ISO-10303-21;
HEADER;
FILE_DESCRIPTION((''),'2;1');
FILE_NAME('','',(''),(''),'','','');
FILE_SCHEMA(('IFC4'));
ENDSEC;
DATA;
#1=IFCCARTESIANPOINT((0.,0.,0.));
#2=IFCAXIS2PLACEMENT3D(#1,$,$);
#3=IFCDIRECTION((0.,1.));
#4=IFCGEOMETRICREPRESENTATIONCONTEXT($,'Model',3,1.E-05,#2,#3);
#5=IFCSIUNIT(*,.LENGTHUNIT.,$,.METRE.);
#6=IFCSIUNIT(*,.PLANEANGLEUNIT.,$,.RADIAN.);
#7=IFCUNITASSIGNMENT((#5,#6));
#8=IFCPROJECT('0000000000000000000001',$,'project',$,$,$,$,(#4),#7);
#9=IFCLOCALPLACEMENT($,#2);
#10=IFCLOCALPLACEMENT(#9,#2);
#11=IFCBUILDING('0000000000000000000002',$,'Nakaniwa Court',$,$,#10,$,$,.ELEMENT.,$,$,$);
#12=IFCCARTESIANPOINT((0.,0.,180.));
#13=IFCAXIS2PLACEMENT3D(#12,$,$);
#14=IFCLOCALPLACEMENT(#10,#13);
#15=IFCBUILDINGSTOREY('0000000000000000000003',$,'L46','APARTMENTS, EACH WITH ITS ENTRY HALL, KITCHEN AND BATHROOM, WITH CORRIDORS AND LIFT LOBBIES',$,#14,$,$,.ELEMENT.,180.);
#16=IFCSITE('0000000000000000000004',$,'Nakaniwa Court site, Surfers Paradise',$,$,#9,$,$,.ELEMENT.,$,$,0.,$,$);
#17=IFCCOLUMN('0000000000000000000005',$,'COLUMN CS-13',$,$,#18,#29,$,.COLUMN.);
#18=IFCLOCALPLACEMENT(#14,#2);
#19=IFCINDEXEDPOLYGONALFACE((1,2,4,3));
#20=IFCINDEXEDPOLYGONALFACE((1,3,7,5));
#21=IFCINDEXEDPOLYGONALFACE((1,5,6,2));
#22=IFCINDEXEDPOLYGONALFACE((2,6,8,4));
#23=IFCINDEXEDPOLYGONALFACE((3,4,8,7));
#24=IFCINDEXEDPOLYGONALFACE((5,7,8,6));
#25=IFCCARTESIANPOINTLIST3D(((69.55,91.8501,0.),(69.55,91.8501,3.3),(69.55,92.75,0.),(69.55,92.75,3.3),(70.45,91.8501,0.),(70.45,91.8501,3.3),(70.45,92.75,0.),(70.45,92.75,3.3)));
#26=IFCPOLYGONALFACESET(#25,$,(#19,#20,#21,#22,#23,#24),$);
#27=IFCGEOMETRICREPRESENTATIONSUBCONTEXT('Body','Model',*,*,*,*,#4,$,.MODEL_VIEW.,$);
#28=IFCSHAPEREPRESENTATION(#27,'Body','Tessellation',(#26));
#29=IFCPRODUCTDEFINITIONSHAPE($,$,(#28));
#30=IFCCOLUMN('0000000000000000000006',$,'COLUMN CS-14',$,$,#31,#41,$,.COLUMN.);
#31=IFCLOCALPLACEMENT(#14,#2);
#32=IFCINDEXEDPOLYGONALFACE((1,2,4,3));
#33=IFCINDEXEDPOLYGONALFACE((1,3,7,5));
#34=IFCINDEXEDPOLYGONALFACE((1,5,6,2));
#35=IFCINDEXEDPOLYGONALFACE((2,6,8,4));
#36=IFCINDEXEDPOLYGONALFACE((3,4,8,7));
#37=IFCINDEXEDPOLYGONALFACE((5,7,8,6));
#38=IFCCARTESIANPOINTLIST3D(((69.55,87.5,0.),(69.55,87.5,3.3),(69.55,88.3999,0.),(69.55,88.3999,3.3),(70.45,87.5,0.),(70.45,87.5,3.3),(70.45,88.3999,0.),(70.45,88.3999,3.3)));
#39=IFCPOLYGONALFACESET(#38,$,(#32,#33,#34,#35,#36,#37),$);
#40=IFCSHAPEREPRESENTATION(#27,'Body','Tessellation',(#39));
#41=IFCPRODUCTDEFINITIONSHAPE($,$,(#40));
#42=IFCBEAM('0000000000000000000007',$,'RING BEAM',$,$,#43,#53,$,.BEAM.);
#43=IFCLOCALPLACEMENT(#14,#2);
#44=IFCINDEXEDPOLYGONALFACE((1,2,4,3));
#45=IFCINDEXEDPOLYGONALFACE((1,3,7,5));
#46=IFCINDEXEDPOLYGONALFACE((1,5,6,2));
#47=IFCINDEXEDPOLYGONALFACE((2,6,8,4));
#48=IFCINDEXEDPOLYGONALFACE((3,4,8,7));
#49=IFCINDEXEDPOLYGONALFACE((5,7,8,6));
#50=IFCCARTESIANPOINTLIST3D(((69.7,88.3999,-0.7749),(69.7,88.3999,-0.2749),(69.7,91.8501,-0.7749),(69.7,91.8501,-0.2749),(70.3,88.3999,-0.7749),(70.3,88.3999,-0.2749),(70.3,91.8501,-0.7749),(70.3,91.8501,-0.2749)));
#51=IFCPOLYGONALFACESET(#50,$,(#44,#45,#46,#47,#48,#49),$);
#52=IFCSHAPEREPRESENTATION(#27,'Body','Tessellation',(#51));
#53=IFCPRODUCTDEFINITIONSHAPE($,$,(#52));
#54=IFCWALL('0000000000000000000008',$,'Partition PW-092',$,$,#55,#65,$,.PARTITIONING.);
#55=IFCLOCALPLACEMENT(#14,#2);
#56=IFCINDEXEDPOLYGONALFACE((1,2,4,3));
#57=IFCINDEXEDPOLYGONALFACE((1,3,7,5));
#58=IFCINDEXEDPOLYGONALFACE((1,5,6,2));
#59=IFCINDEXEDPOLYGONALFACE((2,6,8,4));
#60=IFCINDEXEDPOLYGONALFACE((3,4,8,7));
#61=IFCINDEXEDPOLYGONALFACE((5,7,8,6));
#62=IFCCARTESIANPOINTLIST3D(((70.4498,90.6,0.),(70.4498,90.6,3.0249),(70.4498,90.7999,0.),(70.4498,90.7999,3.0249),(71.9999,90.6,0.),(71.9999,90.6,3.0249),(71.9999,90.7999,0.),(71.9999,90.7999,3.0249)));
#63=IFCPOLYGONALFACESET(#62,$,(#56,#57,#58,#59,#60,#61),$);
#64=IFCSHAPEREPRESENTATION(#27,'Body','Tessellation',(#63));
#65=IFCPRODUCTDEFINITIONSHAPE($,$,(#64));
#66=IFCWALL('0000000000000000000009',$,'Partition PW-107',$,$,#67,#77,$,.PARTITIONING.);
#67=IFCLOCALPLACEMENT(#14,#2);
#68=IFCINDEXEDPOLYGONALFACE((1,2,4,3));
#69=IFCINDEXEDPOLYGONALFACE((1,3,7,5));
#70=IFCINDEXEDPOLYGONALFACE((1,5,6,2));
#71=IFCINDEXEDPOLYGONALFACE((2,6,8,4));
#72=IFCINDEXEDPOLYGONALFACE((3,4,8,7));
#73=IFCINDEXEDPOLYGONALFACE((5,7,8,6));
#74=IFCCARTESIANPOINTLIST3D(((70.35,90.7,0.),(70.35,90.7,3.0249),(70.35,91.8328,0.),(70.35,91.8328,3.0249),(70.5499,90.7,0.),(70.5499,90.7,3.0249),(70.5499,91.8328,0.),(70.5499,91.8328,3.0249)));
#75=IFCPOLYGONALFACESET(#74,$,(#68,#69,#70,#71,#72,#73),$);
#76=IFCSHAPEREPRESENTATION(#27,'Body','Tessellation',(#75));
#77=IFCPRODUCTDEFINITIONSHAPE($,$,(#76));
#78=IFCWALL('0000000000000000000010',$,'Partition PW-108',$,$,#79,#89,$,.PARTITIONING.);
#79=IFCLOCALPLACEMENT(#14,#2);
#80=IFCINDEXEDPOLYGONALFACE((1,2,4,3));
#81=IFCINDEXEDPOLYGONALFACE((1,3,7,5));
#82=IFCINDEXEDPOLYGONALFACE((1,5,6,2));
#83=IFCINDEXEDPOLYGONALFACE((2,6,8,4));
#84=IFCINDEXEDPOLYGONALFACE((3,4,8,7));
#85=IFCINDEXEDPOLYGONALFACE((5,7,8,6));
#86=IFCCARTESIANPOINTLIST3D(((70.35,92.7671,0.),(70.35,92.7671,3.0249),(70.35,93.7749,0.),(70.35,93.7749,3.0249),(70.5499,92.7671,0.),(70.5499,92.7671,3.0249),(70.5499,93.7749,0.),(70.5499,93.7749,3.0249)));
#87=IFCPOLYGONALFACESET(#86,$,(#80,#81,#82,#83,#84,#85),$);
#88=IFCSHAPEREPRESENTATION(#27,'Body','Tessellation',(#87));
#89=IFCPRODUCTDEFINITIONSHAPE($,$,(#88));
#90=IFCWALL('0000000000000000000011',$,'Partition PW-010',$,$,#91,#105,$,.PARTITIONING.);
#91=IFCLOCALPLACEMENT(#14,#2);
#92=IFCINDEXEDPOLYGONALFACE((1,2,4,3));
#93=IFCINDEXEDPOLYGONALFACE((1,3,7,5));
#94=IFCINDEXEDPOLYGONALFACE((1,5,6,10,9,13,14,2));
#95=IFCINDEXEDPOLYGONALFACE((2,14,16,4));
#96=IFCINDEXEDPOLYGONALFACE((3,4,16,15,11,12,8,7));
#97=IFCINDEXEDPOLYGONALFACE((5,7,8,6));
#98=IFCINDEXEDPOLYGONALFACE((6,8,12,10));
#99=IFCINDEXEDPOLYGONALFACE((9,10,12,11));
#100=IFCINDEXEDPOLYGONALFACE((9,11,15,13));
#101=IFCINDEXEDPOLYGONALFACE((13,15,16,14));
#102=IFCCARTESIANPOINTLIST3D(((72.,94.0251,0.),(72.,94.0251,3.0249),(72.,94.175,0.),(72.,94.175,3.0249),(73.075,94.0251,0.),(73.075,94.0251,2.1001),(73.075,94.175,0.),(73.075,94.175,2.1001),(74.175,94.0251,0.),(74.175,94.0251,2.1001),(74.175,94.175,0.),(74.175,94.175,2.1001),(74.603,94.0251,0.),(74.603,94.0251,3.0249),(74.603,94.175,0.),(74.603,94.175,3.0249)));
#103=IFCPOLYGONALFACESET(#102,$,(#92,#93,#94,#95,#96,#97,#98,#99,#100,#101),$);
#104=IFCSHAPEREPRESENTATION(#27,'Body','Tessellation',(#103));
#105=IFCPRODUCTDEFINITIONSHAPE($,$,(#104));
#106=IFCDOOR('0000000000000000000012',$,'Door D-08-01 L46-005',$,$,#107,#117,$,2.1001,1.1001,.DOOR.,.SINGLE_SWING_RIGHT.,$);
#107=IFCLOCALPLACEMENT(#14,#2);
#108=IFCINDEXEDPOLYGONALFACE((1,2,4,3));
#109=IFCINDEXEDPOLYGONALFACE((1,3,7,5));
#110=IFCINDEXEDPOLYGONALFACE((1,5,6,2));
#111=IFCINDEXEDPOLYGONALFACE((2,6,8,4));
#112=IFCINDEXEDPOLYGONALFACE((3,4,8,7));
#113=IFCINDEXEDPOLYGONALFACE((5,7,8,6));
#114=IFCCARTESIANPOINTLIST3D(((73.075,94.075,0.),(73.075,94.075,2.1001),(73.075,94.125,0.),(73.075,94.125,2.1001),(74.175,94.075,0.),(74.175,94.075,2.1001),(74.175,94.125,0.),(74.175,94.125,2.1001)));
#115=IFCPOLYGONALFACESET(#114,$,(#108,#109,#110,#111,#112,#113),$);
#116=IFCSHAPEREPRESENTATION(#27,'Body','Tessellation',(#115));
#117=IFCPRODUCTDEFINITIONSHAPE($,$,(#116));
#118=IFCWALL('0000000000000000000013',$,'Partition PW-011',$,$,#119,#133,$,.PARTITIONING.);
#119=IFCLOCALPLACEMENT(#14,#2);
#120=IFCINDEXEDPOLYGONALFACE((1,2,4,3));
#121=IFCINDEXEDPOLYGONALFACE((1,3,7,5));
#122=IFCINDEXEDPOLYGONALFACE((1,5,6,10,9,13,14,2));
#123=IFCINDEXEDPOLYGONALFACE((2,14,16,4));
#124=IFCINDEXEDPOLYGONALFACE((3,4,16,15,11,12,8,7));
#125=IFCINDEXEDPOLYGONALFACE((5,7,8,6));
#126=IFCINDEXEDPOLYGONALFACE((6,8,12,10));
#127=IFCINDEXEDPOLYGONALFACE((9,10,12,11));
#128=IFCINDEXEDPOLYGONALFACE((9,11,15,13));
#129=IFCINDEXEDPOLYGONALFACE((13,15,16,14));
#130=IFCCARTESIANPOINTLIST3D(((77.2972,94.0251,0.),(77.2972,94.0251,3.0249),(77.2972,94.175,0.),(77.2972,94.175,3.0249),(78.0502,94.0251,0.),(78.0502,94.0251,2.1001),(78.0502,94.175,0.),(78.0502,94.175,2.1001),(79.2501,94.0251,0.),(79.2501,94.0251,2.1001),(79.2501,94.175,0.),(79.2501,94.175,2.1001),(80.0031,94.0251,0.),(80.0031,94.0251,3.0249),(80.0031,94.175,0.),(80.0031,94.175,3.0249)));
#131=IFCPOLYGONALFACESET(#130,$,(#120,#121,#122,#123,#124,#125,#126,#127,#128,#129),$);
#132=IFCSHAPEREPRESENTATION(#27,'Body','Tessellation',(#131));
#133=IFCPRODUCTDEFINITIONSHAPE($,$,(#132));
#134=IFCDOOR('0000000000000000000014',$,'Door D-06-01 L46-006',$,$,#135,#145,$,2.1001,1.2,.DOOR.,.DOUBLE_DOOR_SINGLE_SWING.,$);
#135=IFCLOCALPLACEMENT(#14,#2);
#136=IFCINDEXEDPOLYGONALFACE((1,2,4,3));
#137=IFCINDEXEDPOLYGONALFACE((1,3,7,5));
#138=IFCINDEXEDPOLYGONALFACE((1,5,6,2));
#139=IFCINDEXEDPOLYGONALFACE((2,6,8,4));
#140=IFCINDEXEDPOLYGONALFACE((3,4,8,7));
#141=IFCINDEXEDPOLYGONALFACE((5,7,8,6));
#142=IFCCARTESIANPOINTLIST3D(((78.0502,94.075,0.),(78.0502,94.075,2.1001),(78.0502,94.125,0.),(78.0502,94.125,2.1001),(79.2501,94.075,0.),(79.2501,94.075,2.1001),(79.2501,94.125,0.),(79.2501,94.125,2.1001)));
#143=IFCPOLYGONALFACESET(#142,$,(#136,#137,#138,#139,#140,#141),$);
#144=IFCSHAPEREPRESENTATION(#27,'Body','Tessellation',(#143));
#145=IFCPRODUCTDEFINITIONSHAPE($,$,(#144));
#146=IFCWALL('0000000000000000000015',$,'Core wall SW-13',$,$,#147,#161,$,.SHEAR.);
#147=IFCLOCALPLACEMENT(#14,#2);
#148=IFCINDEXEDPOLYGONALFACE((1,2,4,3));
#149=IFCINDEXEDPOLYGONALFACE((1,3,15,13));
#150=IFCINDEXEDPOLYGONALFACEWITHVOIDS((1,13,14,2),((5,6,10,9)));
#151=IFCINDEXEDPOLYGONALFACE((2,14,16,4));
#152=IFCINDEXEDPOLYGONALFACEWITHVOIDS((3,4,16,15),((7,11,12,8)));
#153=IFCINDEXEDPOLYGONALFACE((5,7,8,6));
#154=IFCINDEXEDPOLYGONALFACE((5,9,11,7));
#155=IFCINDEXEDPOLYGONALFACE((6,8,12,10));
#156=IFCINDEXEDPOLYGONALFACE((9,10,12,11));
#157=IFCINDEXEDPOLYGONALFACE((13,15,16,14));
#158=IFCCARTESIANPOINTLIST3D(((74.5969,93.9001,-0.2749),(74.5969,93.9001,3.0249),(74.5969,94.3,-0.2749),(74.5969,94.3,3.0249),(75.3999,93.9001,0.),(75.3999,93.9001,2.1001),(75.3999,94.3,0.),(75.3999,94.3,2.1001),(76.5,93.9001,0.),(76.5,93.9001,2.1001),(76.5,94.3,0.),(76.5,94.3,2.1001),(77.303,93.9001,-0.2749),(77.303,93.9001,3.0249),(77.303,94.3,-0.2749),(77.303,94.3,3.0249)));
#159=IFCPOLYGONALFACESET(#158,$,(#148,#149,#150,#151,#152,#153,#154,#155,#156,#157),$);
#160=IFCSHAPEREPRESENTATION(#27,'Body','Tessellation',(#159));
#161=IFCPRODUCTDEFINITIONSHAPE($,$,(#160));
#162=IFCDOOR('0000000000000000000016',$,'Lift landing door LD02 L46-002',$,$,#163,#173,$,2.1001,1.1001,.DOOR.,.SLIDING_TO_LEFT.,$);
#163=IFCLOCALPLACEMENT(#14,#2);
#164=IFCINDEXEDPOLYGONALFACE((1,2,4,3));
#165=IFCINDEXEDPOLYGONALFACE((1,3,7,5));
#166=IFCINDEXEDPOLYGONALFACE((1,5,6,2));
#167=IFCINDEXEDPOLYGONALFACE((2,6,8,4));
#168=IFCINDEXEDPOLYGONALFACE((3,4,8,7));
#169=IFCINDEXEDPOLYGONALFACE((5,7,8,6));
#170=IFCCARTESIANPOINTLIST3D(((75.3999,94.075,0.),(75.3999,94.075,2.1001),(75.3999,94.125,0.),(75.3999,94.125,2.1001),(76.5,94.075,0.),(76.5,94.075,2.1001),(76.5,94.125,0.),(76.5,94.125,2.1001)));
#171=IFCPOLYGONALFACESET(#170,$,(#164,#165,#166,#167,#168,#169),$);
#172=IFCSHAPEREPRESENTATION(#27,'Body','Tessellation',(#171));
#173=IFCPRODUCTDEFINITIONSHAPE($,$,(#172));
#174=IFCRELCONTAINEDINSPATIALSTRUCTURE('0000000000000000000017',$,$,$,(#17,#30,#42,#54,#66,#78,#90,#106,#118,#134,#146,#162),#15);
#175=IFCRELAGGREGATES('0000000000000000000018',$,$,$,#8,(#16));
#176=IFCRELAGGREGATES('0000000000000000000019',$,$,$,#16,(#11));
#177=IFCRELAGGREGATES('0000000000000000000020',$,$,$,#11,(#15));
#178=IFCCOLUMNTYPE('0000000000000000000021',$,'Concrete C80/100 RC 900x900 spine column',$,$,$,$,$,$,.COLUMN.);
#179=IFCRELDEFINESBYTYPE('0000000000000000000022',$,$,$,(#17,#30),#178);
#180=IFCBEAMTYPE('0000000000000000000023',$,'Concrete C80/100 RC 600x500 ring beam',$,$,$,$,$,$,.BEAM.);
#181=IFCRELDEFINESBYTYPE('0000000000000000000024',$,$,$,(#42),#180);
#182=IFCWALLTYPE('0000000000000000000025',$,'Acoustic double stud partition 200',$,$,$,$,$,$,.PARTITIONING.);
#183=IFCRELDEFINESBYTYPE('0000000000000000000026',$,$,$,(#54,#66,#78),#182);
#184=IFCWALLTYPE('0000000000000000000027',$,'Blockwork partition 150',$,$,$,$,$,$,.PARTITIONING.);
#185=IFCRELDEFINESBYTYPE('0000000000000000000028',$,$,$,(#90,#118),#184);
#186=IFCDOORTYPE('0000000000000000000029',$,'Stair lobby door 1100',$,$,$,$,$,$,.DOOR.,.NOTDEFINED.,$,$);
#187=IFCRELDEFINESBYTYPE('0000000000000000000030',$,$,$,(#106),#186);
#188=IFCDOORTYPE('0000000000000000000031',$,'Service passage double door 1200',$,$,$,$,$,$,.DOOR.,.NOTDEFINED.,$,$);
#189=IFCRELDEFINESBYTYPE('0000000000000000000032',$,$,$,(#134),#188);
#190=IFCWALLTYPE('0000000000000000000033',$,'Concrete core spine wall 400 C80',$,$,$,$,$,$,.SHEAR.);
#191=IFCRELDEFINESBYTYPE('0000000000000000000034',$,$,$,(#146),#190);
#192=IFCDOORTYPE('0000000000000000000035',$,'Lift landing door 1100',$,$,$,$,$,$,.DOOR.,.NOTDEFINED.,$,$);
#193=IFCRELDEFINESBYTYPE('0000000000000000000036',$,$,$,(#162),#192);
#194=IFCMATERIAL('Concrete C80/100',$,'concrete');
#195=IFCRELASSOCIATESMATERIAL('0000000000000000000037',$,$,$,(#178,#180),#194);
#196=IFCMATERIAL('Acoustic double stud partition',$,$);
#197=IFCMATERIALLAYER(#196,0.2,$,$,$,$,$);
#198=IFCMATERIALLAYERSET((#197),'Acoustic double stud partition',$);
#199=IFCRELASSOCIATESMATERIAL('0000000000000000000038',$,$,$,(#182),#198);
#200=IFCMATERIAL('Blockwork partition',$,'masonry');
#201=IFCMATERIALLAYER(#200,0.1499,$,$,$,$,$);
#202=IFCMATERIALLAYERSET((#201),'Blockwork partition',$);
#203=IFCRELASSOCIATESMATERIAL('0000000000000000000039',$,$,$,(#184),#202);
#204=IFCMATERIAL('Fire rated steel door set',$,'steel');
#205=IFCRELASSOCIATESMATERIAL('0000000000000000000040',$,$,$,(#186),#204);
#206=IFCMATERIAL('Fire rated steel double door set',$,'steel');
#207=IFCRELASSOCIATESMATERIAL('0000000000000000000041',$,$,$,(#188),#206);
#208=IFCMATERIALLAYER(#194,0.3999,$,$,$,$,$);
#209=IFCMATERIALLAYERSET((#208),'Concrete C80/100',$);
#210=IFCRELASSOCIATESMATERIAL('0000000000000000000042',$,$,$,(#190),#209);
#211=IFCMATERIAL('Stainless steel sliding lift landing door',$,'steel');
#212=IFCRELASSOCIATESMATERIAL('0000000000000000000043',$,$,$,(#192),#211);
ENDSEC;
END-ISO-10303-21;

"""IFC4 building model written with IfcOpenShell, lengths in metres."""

from ifc_helpers import new_model, si_unit, direction, frame, frame_2d, origin, origin_2d, place, context, subcontext, project, spatial, rectangle, extrude, material, layer, layer_set, material_profile, profile_set, type_object, element, fill, save


model = new_model("IFC4")

# Units and contexts
model_context = context("Model", 3, precision=1e-05, world=origin(), true_north=direction((0.0, 1.0)))
body_context = subcontext(model_context, "Body", "Model", "MODEL_VIEW")
ifc_project = project(units=[si_unit("LENGTHUNIT", "METRE"), si_unit("PLANEANGLEUNIT", "RADIAN")], contexts=[model_context])

# Site, building, storey
site_placement = place(None, origin())
site = spatial("IfcSite", under=ifc_project, at=site_placement, Name="Nakaniwa Court site, Surfers Paradise", CompositionType="ELEMENT", RefElevation=0.0)
building_placement = place(site_placement, origin())
building = spatial("IfcBuilding", under=site, at=building_placement, Name="Nakaniwa Court", CompositionType="ELEMENT")
storey_placement = place(building_placement, frame((0.0, 0.0, 180.0)))
storey = spatial("IfcBuildingStorey", under=building, at=storey_placement, Name="L46", Description="APARTMENTS, EACH WITH ITS ENTRY HALL, KITCHEN AND BATHROOM, WITH CORRIDORS AND LIFT LOBBIES", CompositionType="ELEMENT", Elevation=180.0)

# Columns
ifc_material_1 = material(Name="Concrete C80/100", Category="concrete")
ifc_material_profile_1 = material_profile(ifc_material_1, rectangle(XDim=0.8999, YDim=0.8999, at=origin_2d()), Name="Concrete C80/100 RC 900x900 spine column")
ifc_profile_set_1 = profile_set([ifc_material_profile_1], Name="Concrete C80/100")
column_type = type_object("IfcColumnType", Name="Concrete C80/100 RC 900x900 spine column", PredefinedType="COLUMN", material=ifc_profile_set_1)
for number, where, z_axis, x_axis, name in (
    (1, (70.0, 92.3, 0.0), (0.0, 0.0, 1.0), (0.0, -1.0, 0.0), "COLUMN CS-13"),
    (2, (70.0, 87.95, 0.0), (0.0, 0.0, 1.0), (0.0, -1.0, 0.0), "COLUMN CS-14"),
):
    element("IfcColumn", number, at=place(storey_placement, frame(where, z_axis=z_axis, x_axis=x_axis)), inside=storey, type_object=column_type, Name=name, PredefinedType="COLUMN", context=body_context, shape_type="SweptSolid", body=[
        extrude(rectangle(XDim=0.8999, YDim=0.8999, at=origin_2d()), origin(), (0.0, 0.0, 1.0), 3.3),
    ])

# Beam
ifc_material_profile_2 = material_profile(ifc_material_1, rectangle(XDim=0.6001, YDim=0.5, at=origin_2d()), Name="Concrete C80/100 RC 600x500 ring beam")
ifc_profile_set_2 = profile_set([ifc_material_profile_2], Name="Concrete C80/100")
beam_type = type_object("IfcBeamType", Name="Concrete C80/100 RC 600x500 ring beam", PredefinedType="BEAM", material=ifc_profile_set_2)
beam_placement = place(storey_placement, frame((70.0, 91.8501, -0.5249), z_axis=(0.0, -1.0, 0.0), x_axis=(1.0, 0.0, 0.0)))
element("IfcBeam", 3, at=beam_placement, inside=storey, type_object=beam_type, Name="RING BEAM", PredefinedType="BEAM", context=body_context, shape_type="SweptSolid", body=[
    extrude(rectangle(XDim=0.6001, YDim=0.5, at=origin_2d()), origin(), (0.0, 0.0, 1.0), 3.4502),
])

# Walls
ifc_material_2 = material(Name="Acoustic double stud partition")
ifc_layer_1 = layer(ifc_material_2, 0.2)
ifc_layer_set_1 = layer_set([ifc_layer_1], Name="Acoustic double stud partition")
wall_type_1 = type_object("IfcWallType", Name="Acoustic double stud partition 200", PredefinedType="PARTITIONING", material=ifc_layer_set_1)
wall_1_placement = place(storey_placement, frame((70.45, 90.7, 0.0), z_axis=(0.0, 0.0, 1.0), x_axis=(1.0, 0.0, 0.0)))
element("IfcWall", 4, at=wall_1_placement, inside=storey, type_object=wall_type_1, Name="Partition PW-092", PredefinedType="PARTITIONING", context=body_context, shape_type="SweptSolid", body=[
    extrude(rectangle(XDim=1.55, YDim=0.2, at=frame_2d((0.7749, 0.0))), origin(), (0.0, 0.0, 1.0), 3.0249),
])
wall_2_placement = place(storey_placement, frame((70.45, 90.7, 0.0), z_axis=(0.0, 0.0, 1.0), x_axis=(0.0, 1.0, 0.0)))
element("IfcWall", 5, at=wall_2_placement, inside=storey, type_object=wall_type_1, Name="Partition PW-107", PredefinedType="PARTITIONING", context=body_context, shape_type="SweptSolid", body=[
    extrude(rectangle(XDim=1.1328, YDim=0.2, at=frame_2d((0.5664, 0.0))), origin(), (0.0, 0.0, 1.0), 3.0249),
])
wall_3_placement = place(storey_placement, frame((70.45, 92.7671, 0.0), z_axis=(0.0, 0.0, 1.0), x_axis=(0.0, 1.0, 0.0)))
element("IfcWall", 6, at=wall_3_placement, inside=storey, type_object=wall_type_1, Name="Partition PW-108", PredefinedType="PARTITIONING", context=body_context, shape_type="SweptSolid", body=[
    extrude(rectangle(XDim=1.0078, YDim=0.2, at=frame_2d((0.5039, 0.0))), origin(), (0.0, 0.0, 1.0), 3.0249),
])

# Walls, openings, doors
ifc_material_3 = material(Name="Blockwork partition", Category="masonry")
ifc_layer_2 = layer(ifc_material_3, 0.1499)
ifc_layer_set_2 = layer_set([ifc_layer_2], Name="Blockwork partition")
wall_type_2 = type_object("IfcWallType", Name="Blockwork partition 150", PredefinedType="PARTITIONING", material=ifc_layer_set_2)
wall_4_placement = place(storey_placement, frame((72.0, 94.1001, 0.0), z_axis=(0.0, 0.0, 1.0), x_axis=(1.0, 0.0, 0.0)))
wall_4 = element("IfcWall", 7, at=wall_4_placement, inside=storey, type_object=wall_type_2, Name="Partition PW-010", PredefinedType="PARTITIONING", context=body_context, shape_type="SweptSolid", body=[
    extrude(rectangle(XDim=2.603, YDim=0.1499, at=frame_2d((1.3015, 0.0))), origin(), (0.0, 0.0, 1.0), 3.0249),
])
opening_1_placement = place(wall_4_placement, frame((1.075, 0.0, 0.0)))
opening_1 = element("IfcOpeningElement", 8, at=opening_1_placement, cuts=wall_4, PredefinedType="OPENING", context=body_context, shape_type="SweptSolid", body=[
    extrude(rectangle(XDim=1.1001, YDim=2.1001, at=frame_2d((0.55, 1.05))), frame((0.0, 0.085, 0.0), z_axis=(0.0, -1.0, 0.0), x_axis=(1.0, 0.0, 0.0)), (0.0, 0.0, 1.0), 0.1699),
])
ifc_material_4 = material(Name="Fire rated steel door set", Category="steel")
door_type_1 = type_object("IfcDoorType", Name="Stair lobby door 1100", OperationType="NOTDEFINED", PredefinedType="DOOR", material=ifc_material_4)
door_1_placement = place(opening_1_placement, origin())
door_1 = element("IfcDoor", 9, at=door_1_placement, inside=storey, type_object=door_type_1, Name="Door D-08-01 L46-005", OperationType="SINGLE_SWING_RIGHT", OverallHeight=2.1001, OverallWidth=1.1001, PredefinedType="DOOR", context=body_context, shape_type="SweptSolid", body=[
    extrude(rectangle(XDim=1.1001, YDim=2.1001, at=frame_2d((0.55, 1.05))), frame((0.0, 0.0249, 0.0), z_axis=(0.0, -1.0, 0.0), x_axis=(1.0, 0.0, 0.0)), (0.0, 0.0, 1.0), 0.05),
])
fill(opening_1, door_1)
wall_5_placement = place(storey_placement, frame((77.2971, 94.1001, 0.0), z_axis=(0.0, 0.0, 1.0), x_axis=(1.0, 0.0, 0.0)))
wall_5 = element("IfcWall", 10, at=wall_5_placement, inside=storey, type_object=wall_type_2, Name="Partition PW-011", PredefinedType="PARTITIONING", context=body_context, shape_type="SweptSolid", body=[
    extrude(rectangle(XDim=2.7058, YDim=0.1499, at=frame_2d((1.353, 0.0))), origin(), (0.0, 0.0, 1.0), 3.0249),
])
opening_2_placement = place(wall_5_placement, frame((0.7529, 0.0, 0.0)))
opening_2 = element("IfcOpeningElement", 11, at=opening_2_placement, cuts=wall_5, PredefinedType="OPENING", context=body_context, shape_type="SweptSolid", body=[
    extrude(rectangle(XDim=1.2, YDim=2.1001, at=frame_2d((0.6001, 1.05))), frame((0.0, 0.085, 0.0), z_axis=(0.0, -1.0, 0.0), x_axis=(1.0, 0.0, 0.0)), (0.0, 0.0, 1.0), 0.1699),
])
ifc_material_5 = material(Name="Fire rated steel double door set", Category="steel")
door_type_2 = type_object("IfcDoorType", Name="Service passage double door 1200", OperationType="NOTDEFINED", PredefinedType="DOOR", material=ifc_material_5)
door_2_placement = place(opening_2_placement, origin())
door_2 = element("IfcDoor", 12, at=door_2_placement, inside=storey, type_object=door_type_2, Name="Door D-06-01 L46-006", OperationType="DOUBLE_DOOR_SINGLE_SWING", OverallHeight=2.1001, OverallWidth=1.2, PredefinedType="DOOR", context=body_context, shape_type="SweptSolid", body=[
    extrude(rectangle(XDim=1.2, YDim=2.1001, at=frame_2d((0.6001, 1.05))), frame((0.0, 0.0249, 0.0), z_axis=(0.0, -1.0, 0.0), x_axis=(1.0, 0.0, 0.0)), (0.0, 0.0, 1.0), 0.05),
])
fill(opening_2, door_2)
ifc_layer_3 = layer(ifc_material_1, 0.3999)
ifc_layer_set_3 = layer_set([ifc_layer_3], Name="Concrete C80/100")
wall_type_3 = type_object("IfcWallType", Name="Concrete core spine wall 400 C80", PredefinedType="SHEAR", material=ifc_layer_set_3)
wall_6_placement = place(storey_placement, frame((74.5969, 94.1001, -0.2749), z_axis=(0.0, 0.0, 1.0), x_axis=(1.0, 0.0, 0.0)))
wall_6 = element("IfcWall", 13, at=wall_6_placement, inside=storey, type_object=wall_type_3, Name="Core wall SW-13", PredefinedType="SHEAR", context=body_context, shape_type="SweptSolid", body=[
    extrude(rectangle(XDim=2.7061, YDim=0.3999, at=frame_2d((1.353, 0.0))), origin(), (0.0, 0.0, 1.0), 3.2998),
])
opening_3_placement = place(wall_6_placement, frame((0.803, 0.0, 0.2749)))
opening_3 = element("IfcOpeningElement", 14, at=opening_3_placement, cuts=wall_6, PredefinedType="OPENING", context=body_context, shape_type="SweptSolid", body=[
    extrude(rectangle(XDim=1.1001, YDim=2.1001, at=frame_2d((0.55, 1.05))), frame((0.0, 0.21, 0.0), z_axis=(0.0, -1.0, 0.0), x_axis=(1.0, 0.0, 0.0)), (0.0, 0.0, 1.0), 0.4199),
])
ifc_material_6 = material(Name="Stainless steel sliding lift landing door", Category="steel")
door_type_3 = type_object("IfcDoorType", Name="Lift landing door 1100", OperationType="NOTDEFINED", PredefinedType="DOOR", material=ifc_material_6)
door_3_placement = place(opening_3_placement, origin())
door_3 = element("IfcDoor", 15, at=door_3_placement, inside=storey, type_object=door_type_3, Name="Lift landing door LD02 L46-002", OperationType="SLIDING_TO_LEFT", OverallHeight=2.1001, OverallWidth=1.1001, PredefinedType="DOOR", context=body_context, shape_type="SweptSolid", body=[
    extrude(rectangle(XDim=1.1001, YDim=2.1001, at=frame_2d((0.55, 1.05))), frame((0.0, 0.0249, 0.0), z_axis=(0.0, -1.0, 0.0), x_axis=(1.0, 0.0, 0.0)), (0.0, 0.0, 1.0), 0.05),
])
fill(opening_3, door_3)

save(model, "model.ifc")
